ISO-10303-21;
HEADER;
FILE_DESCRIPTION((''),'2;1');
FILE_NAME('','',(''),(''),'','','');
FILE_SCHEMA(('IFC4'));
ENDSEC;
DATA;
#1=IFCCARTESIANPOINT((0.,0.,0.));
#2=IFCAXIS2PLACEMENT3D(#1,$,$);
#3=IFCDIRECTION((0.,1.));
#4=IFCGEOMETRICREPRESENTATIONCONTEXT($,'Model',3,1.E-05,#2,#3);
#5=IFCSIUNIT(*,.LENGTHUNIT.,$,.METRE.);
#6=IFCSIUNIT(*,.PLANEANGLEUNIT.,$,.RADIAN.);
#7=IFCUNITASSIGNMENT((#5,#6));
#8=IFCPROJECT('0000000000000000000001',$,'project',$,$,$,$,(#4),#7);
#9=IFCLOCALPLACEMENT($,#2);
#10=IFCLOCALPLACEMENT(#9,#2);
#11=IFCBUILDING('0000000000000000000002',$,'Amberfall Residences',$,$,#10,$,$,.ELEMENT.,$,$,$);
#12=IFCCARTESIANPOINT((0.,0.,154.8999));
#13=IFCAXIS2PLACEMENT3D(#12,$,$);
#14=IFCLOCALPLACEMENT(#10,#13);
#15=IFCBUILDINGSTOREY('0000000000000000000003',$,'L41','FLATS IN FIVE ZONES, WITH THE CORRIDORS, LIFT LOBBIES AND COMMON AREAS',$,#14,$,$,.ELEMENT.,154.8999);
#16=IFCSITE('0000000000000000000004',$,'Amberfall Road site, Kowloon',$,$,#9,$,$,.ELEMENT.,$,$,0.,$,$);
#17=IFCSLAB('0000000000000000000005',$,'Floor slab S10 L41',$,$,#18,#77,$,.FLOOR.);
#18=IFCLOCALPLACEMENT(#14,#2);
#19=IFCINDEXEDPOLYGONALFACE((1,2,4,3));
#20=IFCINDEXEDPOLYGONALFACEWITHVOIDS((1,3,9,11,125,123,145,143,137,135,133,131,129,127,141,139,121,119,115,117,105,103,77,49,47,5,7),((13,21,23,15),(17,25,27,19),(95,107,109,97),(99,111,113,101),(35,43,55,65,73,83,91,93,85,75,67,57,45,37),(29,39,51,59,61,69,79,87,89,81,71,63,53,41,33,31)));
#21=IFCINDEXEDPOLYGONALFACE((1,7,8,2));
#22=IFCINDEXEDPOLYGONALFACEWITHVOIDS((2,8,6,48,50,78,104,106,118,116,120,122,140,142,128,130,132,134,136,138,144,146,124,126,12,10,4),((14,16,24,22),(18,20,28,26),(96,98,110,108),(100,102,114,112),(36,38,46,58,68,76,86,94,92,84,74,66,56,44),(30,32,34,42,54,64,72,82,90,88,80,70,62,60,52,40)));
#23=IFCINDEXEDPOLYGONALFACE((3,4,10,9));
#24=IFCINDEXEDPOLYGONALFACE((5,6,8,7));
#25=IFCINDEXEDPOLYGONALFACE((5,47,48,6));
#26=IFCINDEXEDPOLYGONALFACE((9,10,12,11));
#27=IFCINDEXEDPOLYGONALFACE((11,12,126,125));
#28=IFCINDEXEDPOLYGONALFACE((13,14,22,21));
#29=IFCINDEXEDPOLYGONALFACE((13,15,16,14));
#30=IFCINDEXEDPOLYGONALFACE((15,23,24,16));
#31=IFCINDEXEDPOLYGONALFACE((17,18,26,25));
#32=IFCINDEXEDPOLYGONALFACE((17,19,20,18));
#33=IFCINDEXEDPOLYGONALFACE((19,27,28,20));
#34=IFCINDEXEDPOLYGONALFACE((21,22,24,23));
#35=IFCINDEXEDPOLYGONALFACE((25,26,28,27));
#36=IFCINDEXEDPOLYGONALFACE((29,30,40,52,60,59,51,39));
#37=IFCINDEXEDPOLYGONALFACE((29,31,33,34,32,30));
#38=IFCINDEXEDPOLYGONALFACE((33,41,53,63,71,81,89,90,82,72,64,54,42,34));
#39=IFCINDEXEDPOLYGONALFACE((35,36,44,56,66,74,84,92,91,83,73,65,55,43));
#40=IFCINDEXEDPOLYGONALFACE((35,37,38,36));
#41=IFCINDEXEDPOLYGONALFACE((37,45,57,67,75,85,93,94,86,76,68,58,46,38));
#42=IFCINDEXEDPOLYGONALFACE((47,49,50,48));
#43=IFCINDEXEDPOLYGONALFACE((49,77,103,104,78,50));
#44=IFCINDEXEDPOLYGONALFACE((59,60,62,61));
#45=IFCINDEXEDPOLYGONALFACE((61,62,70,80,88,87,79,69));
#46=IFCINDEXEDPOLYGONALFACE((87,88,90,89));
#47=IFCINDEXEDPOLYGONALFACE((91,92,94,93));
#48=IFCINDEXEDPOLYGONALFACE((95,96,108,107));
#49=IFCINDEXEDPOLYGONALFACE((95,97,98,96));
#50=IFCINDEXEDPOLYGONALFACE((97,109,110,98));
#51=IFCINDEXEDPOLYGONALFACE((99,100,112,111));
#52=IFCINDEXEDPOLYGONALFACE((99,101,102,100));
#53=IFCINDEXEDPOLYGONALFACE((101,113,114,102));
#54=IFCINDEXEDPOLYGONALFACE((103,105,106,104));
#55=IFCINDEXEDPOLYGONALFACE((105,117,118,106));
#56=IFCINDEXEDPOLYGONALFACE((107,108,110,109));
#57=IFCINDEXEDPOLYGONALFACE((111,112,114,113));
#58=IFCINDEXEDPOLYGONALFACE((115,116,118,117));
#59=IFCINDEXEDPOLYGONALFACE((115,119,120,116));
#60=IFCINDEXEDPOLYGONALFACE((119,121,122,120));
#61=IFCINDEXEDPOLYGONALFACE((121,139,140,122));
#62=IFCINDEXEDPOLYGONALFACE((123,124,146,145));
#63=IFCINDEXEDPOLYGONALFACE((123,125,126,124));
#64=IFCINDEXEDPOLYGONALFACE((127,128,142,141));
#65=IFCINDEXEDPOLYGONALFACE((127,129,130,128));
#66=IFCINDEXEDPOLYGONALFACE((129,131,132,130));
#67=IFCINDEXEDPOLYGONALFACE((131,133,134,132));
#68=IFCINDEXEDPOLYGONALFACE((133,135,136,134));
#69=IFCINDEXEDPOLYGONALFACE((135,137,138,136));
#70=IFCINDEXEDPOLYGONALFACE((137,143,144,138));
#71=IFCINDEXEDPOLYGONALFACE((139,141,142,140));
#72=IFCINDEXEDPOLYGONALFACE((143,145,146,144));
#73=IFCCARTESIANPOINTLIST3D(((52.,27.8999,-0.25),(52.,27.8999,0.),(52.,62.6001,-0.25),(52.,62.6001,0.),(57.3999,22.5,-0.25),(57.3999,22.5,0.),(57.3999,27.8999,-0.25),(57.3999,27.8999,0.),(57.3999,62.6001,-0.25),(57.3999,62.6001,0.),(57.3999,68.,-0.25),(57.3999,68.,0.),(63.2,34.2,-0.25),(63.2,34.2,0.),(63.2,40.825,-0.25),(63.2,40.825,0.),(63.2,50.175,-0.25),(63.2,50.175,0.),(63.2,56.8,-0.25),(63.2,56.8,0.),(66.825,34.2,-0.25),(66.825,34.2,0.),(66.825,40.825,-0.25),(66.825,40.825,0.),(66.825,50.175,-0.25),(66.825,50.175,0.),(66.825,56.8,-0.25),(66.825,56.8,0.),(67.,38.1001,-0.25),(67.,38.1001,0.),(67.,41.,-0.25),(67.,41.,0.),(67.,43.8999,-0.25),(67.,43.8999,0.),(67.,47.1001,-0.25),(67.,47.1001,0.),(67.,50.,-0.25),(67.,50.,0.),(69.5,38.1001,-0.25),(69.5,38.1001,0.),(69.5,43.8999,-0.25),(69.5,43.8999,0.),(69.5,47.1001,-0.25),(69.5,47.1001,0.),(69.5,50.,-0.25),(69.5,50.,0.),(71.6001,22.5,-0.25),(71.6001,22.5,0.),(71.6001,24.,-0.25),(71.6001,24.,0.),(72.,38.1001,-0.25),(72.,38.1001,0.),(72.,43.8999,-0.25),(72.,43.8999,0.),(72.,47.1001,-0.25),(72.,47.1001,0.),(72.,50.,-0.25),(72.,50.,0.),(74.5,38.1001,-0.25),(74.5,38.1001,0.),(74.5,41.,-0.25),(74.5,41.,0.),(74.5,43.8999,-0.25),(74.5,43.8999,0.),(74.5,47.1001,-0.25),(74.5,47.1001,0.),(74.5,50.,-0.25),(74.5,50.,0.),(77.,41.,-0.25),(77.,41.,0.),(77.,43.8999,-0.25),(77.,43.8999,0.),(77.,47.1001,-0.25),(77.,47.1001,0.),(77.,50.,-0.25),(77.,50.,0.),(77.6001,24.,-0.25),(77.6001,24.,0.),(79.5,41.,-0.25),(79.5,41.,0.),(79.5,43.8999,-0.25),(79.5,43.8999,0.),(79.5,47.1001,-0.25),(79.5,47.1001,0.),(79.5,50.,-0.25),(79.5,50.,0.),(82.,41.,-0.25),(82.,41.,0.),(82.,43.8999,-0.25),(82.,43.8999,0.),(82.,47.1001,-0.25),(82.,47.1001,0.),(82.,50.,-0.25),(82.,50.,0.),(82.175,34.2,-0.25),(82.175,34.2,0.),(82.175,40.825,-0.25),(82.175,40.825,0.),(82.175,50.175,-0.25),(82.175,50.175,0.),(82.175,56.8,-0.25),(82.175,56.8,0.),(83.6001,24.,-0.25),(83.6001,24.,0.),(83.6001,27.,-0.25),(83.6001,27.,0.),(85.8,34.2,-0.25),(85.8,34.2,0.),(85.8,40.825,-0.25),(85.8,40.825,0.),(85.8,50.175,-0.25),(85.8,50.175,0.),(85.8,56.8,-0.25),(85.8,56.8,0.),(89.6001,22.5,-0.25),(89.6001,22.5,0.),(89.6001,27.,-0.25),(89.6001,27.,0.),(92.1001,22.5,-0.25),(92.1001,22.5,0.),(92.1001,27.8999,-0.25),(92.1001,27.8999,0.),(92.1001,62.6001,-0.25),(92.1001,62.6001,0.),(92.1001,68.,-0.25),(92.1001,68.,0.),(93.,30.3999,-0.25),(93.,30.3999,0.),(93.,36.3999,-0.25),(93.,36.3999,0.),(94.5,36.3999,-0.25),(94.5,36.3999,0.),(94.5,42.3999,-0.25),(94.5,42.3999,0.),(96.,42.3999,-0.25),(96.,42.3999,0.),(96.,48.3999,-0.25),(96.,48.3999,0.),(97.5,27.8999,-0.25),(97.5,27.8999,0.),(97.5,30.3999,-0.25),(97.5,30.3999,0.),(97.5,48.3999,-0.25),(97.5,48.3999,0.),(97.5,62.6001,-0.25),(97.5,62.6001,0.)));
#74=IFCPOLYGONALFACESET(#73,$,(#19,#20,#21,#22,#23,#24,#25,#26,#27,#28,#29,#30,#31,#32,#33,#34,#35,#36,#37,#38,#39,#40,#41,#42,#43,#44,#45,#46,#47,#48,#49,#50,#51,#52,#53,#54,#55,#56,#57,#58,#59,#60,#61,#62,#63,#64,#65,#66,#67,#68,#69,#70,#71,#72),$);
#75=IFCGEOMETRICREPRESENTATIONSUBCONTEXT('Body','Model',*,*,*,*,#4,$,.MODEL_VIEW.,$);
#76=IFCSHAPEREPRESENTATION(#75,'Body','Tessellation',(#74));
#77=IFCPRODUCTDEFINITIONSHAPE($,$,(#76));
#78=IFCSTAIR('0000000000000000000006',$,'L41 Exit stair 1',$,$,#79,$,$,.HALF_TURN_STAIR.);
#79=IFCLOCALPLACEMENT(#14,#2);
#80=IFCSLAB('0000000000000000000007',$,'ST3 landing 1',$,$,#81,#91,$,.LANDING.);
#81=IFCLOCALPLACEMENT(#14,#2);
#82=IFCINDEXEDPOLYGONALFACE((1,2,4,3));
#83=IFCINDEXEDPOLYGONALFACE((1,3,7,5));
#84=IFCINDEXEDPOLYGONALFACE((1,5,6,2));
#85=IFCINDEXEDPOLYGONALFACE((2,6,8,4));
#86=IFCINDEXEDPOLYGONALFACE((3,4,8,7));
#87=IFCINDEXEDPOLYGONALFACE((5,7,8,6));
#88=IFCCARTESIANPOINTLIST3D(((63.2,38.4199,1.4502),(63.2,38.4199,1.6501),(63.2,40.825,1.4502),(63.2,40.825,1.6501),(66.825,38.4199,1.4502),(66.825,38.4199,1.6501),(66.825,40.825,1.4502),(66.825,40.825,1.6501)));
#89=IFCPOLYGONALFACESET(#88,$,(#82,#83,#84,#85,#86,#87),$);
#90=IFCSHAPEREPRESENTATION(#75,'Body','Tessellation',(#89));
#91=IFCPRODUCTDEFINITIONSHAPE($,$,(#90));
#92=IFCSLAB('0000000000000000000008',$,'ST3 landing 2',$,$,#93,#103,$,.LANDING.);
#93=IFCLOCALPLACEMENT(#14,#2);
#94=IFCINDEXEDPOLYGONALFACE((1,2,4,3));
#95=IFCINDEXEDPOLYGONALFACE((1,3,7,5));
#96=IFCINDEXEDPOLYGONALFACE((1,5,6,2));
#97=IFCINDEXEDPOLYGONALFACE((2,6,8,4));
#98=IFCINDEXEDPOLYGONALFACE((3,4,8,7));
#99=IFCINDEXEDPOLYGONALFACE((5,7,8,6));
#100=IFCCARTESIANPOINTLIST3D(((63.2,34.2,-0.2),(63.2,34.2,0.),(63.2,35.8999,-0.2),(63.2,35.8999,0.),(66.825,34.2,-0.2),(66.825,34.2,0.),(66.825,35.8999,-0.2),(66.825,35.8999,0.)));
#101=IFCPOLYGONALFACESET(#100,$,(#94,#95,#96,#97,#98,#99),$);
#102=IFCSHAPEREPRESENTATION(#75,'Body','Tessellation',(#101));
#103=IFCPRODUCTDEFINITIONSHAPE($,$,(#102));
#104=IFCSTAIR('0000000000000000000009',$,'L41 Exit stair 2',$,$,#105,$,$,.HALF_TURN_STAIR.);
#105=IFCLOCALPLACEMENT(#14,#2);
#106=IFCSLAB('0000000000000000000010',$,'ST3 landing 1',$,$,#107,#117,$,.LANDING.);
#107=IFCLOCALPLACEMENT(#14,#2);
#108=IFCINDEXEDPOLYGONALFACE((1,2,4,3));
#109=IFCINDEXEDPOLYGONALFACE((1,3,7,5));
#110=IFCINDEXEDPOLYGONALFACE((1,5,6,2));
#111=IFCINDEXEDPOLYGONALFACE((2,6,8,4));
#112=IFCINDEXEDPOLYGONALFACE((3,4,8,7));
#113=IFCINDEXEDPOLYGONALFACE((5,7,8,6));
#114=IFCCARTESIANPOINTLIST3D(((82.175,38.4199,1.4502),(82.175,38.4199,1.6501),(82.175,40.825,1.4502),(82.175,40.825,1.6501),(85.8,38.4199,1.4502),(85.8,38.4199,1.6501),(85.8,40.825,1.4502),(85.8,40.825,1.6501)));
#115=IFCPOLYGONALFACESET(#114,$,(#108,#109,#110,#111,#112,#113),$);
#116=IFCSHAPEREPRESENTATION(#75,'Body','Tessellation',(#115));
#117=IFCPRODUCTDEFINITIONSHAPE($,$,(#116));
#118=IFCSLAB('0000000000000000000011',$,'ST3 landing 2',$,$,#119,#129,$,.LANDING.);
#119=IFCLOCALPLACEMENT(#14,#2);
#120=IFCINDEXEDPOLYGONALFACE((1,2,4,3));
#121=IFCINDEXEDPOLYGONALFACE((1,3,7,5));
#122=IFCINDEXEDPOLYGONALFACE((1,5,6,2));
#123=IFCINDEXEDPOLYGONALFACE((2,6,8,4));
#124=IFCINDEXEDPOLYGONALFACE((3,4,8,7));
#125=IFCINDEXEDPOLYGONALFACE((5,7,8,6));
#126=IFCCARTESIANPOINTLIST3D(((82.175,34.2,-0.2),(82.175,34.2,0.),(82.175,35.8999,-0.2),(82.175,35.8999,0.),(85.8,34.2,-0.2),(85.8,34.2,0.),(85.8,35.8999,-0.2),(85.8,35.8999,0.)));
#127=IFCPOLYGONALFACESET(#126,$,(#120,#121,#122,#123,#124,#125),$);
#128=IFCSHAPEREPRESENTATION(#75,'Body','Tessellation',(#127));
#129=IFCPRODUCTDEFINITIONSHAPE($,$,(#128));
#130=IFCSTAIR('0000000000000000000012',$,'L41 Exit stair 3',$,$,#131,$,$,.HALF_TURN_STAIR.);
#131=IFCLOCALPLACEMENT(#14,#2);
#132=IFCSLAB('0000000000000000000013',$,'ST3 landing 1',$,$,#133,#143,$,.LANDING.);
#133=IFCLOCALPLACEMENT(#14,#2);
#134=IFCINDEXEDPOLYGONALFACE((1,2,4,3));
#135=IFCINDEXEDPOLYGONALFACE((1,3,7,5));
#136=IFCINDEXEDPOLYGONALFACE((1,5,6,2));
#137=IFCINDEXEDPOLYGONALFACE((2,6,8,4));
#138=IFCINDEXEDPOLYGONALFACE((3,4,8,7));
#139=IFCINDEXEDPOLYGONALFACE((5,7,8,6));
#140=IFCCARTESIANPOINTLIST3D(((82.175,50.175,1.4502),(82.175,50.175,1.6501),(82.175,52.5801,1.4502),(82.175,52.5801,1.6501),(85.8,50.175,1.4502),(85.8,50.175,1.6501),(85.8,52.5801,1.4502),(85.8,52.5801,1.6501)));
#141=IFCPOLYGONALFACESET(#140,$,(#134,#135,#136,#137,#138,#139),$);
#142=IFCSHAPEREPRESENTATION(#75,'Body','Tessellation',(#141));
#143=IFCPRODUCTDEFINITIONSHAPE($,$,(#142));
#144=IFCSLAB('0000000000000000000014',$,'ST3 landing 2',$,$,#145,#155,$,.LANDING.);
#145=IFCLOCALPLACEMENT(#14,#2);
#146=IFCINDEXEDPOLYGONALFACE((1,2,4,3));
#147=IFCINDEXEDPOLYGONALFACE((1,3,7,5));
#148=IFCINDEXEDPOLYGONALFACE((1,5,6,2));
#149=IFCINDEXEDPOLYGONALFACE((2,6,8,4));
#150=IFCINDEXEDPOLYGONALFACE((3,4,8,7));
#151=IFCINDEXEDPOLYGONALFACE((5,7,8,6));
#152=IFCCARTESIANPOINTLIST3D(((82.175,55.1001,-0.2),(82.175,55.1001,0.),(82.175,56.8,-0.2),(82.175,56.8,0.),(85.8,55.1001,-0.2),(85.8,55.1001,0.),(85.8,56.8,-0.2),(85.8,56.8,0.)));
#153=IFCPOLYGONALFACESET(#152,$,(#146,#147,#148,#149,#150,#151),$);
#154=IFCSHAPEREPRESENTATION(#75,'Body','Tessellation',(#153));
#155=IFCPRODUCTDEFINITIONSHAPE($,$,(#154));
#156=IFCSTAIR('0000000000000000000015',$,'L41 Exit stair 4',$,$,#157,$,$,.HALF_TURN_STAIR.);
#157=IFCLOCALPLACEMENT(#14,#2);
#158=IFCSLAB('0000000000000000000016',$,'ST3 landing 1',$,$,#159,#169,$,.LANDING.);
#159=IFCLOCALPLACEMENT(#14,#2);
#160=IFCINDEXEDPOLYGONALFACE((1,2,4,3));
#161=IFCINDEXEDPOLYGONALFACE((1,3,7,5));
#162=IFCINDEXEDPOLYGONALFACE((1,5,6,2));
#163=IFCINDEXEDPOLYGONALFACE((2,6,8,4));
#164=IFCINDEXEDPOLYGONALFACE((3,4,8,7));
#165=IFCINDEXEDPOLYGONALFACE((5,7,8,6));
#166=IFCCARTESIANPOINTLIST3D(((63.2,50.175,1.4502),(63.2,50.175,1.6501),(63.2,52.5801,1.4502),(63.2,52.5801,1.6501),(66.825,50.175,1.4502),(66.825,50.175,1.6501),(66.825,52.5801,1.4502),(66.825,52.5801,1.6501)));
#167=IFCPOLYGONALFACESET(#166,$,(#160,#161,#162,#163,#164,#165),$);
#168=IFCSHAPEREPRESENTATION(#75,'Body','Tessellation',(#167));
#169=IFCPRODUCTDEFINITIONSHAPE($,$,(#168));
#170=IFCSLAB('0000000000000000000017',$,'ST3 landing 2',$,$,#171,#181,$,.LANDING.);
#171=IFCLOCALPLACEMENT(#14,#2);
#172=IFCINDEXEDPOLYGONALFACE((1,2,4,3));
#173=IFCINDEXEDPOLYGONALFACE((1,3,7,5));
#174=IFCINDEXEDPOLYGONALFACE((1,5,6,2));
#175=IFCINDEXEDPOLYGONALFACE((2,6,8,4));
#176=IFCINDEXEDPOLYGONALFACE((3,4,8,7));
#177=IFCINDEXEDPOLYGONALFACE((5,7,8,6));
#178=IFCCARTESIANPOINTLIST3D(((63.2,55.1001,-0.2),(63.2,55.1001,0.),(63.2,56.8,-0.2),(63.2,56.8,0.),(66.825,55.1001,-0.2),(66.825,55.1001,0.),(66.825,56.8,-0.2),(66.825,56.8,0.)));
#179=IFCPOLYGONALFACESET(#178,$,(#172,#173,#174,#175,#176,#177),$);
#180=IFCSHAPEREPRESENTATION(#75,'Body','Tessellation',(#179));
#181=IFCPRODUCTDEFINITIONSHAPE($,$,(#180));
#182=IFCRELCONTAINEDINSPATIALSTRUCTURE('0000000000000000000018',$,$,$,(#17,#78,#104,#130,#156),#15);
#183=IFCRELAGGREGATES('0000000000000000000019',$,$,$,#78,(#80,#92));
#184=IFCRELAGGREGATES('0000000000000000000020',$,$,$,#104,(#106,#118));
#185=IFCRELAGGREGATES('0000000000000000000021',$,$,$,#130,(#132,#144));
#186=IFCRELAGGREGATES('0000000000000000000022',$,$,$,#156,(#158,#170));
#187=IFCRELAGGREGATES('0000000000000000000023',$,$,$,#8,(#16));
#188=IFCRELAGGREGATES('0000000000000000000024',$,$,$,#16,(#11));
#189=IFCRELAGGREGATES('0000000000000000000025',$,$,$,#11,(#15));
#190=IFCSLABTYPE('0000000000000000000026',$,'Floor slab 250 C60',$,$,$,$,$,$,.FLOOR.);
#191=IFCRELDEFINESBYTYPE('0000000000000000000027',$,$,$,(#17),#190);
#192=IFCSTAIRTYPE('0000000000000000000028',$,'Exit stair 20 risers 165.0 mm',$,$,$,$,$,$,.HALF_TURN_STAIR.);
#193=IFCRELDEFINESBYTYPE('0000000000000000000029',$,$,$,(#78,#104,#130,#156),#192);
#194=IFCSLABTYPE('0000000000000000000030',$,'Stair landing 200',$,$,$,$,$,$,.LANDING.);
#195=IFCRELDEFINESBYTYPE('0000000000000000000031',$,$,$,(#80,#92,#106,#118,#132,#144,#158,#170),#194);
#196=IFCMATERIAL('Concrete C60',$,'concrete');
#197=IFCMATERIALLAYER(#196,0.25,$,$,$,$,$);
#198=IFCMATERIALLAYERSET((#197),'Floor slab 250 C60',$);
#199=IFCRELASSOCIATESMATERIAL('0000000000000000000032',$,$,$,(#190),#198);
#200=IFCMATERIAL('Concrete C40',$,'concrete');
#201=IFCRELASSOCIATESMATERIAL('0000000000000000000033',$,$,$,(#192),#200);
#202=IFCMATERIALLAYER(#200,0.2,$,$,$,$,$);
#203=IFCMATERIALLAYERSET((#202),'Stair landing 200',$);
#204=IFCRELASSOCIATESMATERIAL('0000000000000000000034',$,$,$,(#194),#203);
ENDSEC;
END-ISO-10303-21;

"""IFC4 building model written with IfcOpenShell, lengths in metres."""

from ifc_helpers import new_model, si_unit, direction, frame, origin, place, context, subcontext, project, spatial, polyline, outline, extrude, material, layer, layer_set, type_object, element, aggregate, save


model = new_model("IFC4")

# Units and contexts
model_context = context("Model", 3, precision=1e-05, world=origin(), true_north=direction((0.0, 1.0)))
body_context = subcontext(model_context, "Body", "Model", "MODEL_VIEW")
ifc_project = project(units=[si_unit("LENGTHUNIT", "METRE"), si_unit("PLANEANGLEUNIT", "RADIAN")], contexts=[model_context])

# Site, building, storey
site_placement = place(None, origin())
site = spatial("IfcSite", under=ifc_project, at=site_placement, Name="Amberfall Road site, Kowloon", CompositionType="ELEMENT", RefElevation=0.0)
building_placement = place(site_placement, origin())
building = spatial("IfcBuilding", under=site, at=building_placement, Name="Amberfall Residences", CompositionType="ELEMENT")
storey_placement = place(building_placement, frame((0.0, 0.0, 154.8999)))
storey = spatial("IfcBuildingStorey", under=building, at=storey_placement, Name="L41", Description="FLATS IN FIVE ZONES, WITH THE CORRIDORS, LIFT LOBBIES AND COMMON AREAS", CompositionType="ELEMENT", Elevation=154.8999)

# Shared definitions
ifc_material_1 = material(Name="Concrete C60", Category="concrete")

# Slab
ifc_layer_1 = layer(ifc_material_1, 0.25)
ifc_layer_set_1 = layer_set([ifc_layer_1], Name="Floor slab 250 C60")
slab_type_1 = type_object("IfcSlabType", Name="Floor slab 250 C60", PredefinedType="FLOOR", material=ifc_layer_set_1)
slab_1_placement = place(storey_placement, frame((0.0, 0.0, -0.25)))
element("IfcSlab", 1, at=slab_1_placement, inside=storey, type_object=slab_type_1, Name="Floor slab S10 L41", PredefinedType="FLOOR", context=body_context, shape_type="SweptSolid", body=[
    extrude(outline(polyline([(89.6001, 22.5), (89.6001, 27.0), (83.6001, 27.0), (83.6001, 24.0), (77.6001, 24.0), (71.6001, 24.0), (71.6001, 22.5), (57.3999, 22.5), (57.3999, 27.8999), (52.0, 27.8999), (52.0, 62.6001), (57.3999, 62.6001), (57.3999, 68.0), (92.1001, 68.0), (92.1001, 62.6001), (97.5, 62.6001), (97.5, 48.3999), (96.0, 48.3999), (96.0, 42.3999), (94.5, 42.3999), (94.5, 36.3999), (93.0, 36.3999), (93.0, 30.3999), (97.5, 30.3999), (97.5, 27.8999), (92.1001, 27.8999), (92.1001, 22.5), (89.6001, 22.5)]), holes=[polyline([(85.8, 34.2), (85.8, 40.825), (82.175, 40.825), (82.175, 34.2), (85.8, 34.2)]), polyline([(82.175, 50.175), (85.8, 50.175), (85.8, 56.8), (82.175, 56.8), (82.175, 50.175)]), polyline([(69.5, 50.0), (67.0, 50.0), (67.0, 47.1001), (69.5, 47.1001), (72.0, 47.1001), (74.5, 47.1001), (77.0, 47.1001), (79.5, 47.1001), (82.0, 47.1001), (82.0, 50.0), (79.5, 50.0), (77.0, 50.0), (74.5, 50.0), (72.0, 50.0), (69.5, 50.0)]), polyline([(74.5, 41.0), (77.0, 41.0), (79.5, 41.0), (82.0, 41.0), (82.0, 43.8999), (79.5, 43.8999), (77.0, 43.8999), (74.5, 43.8999), (72.0, 43.8999), (69.5, 43.8999), (67.0, 43.8999), (67.0, 41.0), (67.0, 38.1001), (69.5, 38.1001), (72.0, 38.1001), (74.5, 38.1001), (74.5, 41.0)]), polyline([(66.825, 34.2), (66.825, 40.825), (63.2, 40.825), (63.2, 34.2), (66.825, 34.2)]), polyline([(66.825, 50.175), (66.825, 56.8), (63.2, 56.8), (63.2, 50.175), (66.825, 50.175)])]), origin(), (0.0, 0.0, 1.0), 0.25),
])

# Stairs, slabs
ifc_material_2 = material(Name="Concrete C40", Category="concrete")
stair_type = type_object("IfcStairType", Name="Exit stair 20 risers 165.0 mm", PredefinedType="HALF_TURN_STAIR", material=ifc_material_2)
stair_1_placement = place(storey_placement, origin())
stair_1 = element("IfcStair", 2, at=stair_1_placement, inside=storey, type_object=stair_type, Name="L41 Exit stair 1", PredefinedType="HALF_TURN_STAIR")
ifc_layer_2 = layer(ifc_material_2, 0.2)
ifc_layer_set_2 = layer_set([ifc_layer_2], Name="Stair landing 200")
slab_type_2 = type_object("IfcSlabType", Name="Stair landing 200", PredefinedType="LANDING", material=ifc_layer_set_2)
slab_2_placement = place(storey_placement, frame((0.0, 0.0, 1.4502)))
slab_2 = element("IfcSlab", 3, at=slab_2_placement, type_object=slab_type_2, Name="ST3 landing 1", PredefinedType="LANDING", context=body_context, shape_type="SweptSolid", body=[
    extrude(outline(polyline([(66.825, 38.4199), (66.825, 40.825), (63.2, 40.825), (63.2, 38.4199), (66.825, 38.4199)])), origin(), (0.0, 0.0, 1.0), 0.2),
])
slab_3_placement = place(storey_placement, frame((0.0, 0.0, -0.2)))
slab_3 = element("IfcSlab", 4, at=slab_3_placement, type_object=slab_type_2, Name="ST3 landing 2", PredefinedType="LANDING", context=body_context, shape_type="SweptSolid", body=[
    extrude(outline(polyline([(66.825, 34.2), (66.825, 35.8999), (63.2, 35.8999), (63.2, 34.2), (66.825, 34.2)])), origin(), (0.0, 0.0, 1.0), 0.2),
])
aggregate(stair_1, [slab_2, slab_3])
stair_2_placement = place(storey_placement, origin())
stair_2 = element("IfcStair", 5, at=stair_2_placement, inside=storey, type_object=stair_type, Name="L41 Exit stair 2", PredefinedType="HALF_TURN_STAIR")
slab_4_placement = place(storey_placement, frame((0.0, 0.0, 1.4502)))
slab_4 = element("IfcSlab", 6, at=slab_4_placement, type_object=slab_type_2, Name="ST3 landing 1", PredefinedType="LANDING", context=body_context, shape_type="SweptSolid", body=[
    extrude(outline(polyline([(85.8, 38.4199), (85.8, 40.825), (82.175, 40.825), (82.175, 38.4199), (85.8, 38.4199)])), origin(), (0.0, 0.0, 1.0), 0.2),
])
slab_5_placement = place(storey_placement, frame((0.0, 0.0, -0.2)))
slab_5 = element("IfcSlab", 7, at=slab_5_placement, type_object=slab_type_2, Name="ST3 landing 2", PredefinedType="LANDING", context=body_context, shape_type="SweptSolid", body=[
    extrude(outline(polyline([(85.8, 34.2), (85.8, 35.8999), (82.175, 35.8999), (82.175, 34.2), (85.8, 34.2)])), origin(), (0.0, 0.0, 1.0), 0.2),
])
aggregate(stair_2, [slab_4, slab_5])
stair_3_placement = place(storey_placement, origin())
stair_3 = element("IfcStair", 8, at=stair_3_placement, inside=storey, type_object=stair_type, Name="L41 Exit stair 3", PredefinedType="HALF_TURN_STAIR")
slab_6_placement = place(storey_placement, frame((0.0, 0.0, 1.4502)))
slab_6 = element("IfcSlab", 9, at=slab_6_placement, type_object=slab_type_2, Name="ST3 landing 1", PredefinedType="LANDING", context=body_context, shape_type="SweptSolid", body=[
    extrude(outline(polyline([(82.175, 52.5801), (82.175, 50.175), (85.8, 50.175), (85.8, 52.5801), (82.175, 52.5801)])), origin(), (0.0, 0.0, 1.0), 0.2),
])
slab_7_placement = place(storey_placement, frame((0.0, 0.0, -0.2)))
slab_7 = element("IfcSlab", 10, at=slab_7_placement, type_object=slab_type_2, Name="ST3 landing 2", PredefinedType="LANDING", context=body_context, shape_type="SweptSolid", body=[
    extrude(outline(polyline([(82.175, 56.8), (82.175, 55.1001), (85.8, 55.1001), (85.8, 56.8), (82.175, 56.8)])), origin(), (0.0, 0.0, 1.0), 0.2),
])
aggregate(stair_3, [slab_6, slab_7])
stair_4_placement = place(storey_placement, origin())
stair_4 = element("IfcStair", 11, at=stair_4_placement, inside=storey, type_object=stair_type, Name="L41 Exit stair 4", PredefinedType="HALF_TURN_STAIR")
slab_8_placement = place(storey_placement, frame((0.0, 0.0, 1.4502)))
slab_8 = element("IfcSlab", 12, at=slab_8_placement, type_object=slab_type_2, Name="ST3 landing 1", PredefinedType="LANDING", context=body_context, shape_type="SweptSolid", body=[
    extrude(outline(polyline([(63.2, 52.5801), (63.2, 50.175), (66.825, 50.175), (66.825, 52.5801), (63.2, 52.5801)])), origin(), (0.0, 0.0, 1.0), 0.2),
])
slab_9_placement = place(storey_placement, frame((0.0, 0.0, -0.2)))
slab_9 = element("IfcSlab", 13, at=slab_9_placement, type_object=slab_type_2, Name="ST3 landing 2", PredefinedType="LANDING", context=body_context, shape_type="SweptSolid", body=[
    extrude(outline(polyline([(63.2, 56.8), (63.2, 55.1001), (66.825, 55.1001), (66.825, 56.8), (63.2, 56.8)])), origin(), (0.0, 0.0, 1.0), 0.2),
])
aggregate(stair_4, [slab_8, slab_9])

save(model, "model.ifc")
